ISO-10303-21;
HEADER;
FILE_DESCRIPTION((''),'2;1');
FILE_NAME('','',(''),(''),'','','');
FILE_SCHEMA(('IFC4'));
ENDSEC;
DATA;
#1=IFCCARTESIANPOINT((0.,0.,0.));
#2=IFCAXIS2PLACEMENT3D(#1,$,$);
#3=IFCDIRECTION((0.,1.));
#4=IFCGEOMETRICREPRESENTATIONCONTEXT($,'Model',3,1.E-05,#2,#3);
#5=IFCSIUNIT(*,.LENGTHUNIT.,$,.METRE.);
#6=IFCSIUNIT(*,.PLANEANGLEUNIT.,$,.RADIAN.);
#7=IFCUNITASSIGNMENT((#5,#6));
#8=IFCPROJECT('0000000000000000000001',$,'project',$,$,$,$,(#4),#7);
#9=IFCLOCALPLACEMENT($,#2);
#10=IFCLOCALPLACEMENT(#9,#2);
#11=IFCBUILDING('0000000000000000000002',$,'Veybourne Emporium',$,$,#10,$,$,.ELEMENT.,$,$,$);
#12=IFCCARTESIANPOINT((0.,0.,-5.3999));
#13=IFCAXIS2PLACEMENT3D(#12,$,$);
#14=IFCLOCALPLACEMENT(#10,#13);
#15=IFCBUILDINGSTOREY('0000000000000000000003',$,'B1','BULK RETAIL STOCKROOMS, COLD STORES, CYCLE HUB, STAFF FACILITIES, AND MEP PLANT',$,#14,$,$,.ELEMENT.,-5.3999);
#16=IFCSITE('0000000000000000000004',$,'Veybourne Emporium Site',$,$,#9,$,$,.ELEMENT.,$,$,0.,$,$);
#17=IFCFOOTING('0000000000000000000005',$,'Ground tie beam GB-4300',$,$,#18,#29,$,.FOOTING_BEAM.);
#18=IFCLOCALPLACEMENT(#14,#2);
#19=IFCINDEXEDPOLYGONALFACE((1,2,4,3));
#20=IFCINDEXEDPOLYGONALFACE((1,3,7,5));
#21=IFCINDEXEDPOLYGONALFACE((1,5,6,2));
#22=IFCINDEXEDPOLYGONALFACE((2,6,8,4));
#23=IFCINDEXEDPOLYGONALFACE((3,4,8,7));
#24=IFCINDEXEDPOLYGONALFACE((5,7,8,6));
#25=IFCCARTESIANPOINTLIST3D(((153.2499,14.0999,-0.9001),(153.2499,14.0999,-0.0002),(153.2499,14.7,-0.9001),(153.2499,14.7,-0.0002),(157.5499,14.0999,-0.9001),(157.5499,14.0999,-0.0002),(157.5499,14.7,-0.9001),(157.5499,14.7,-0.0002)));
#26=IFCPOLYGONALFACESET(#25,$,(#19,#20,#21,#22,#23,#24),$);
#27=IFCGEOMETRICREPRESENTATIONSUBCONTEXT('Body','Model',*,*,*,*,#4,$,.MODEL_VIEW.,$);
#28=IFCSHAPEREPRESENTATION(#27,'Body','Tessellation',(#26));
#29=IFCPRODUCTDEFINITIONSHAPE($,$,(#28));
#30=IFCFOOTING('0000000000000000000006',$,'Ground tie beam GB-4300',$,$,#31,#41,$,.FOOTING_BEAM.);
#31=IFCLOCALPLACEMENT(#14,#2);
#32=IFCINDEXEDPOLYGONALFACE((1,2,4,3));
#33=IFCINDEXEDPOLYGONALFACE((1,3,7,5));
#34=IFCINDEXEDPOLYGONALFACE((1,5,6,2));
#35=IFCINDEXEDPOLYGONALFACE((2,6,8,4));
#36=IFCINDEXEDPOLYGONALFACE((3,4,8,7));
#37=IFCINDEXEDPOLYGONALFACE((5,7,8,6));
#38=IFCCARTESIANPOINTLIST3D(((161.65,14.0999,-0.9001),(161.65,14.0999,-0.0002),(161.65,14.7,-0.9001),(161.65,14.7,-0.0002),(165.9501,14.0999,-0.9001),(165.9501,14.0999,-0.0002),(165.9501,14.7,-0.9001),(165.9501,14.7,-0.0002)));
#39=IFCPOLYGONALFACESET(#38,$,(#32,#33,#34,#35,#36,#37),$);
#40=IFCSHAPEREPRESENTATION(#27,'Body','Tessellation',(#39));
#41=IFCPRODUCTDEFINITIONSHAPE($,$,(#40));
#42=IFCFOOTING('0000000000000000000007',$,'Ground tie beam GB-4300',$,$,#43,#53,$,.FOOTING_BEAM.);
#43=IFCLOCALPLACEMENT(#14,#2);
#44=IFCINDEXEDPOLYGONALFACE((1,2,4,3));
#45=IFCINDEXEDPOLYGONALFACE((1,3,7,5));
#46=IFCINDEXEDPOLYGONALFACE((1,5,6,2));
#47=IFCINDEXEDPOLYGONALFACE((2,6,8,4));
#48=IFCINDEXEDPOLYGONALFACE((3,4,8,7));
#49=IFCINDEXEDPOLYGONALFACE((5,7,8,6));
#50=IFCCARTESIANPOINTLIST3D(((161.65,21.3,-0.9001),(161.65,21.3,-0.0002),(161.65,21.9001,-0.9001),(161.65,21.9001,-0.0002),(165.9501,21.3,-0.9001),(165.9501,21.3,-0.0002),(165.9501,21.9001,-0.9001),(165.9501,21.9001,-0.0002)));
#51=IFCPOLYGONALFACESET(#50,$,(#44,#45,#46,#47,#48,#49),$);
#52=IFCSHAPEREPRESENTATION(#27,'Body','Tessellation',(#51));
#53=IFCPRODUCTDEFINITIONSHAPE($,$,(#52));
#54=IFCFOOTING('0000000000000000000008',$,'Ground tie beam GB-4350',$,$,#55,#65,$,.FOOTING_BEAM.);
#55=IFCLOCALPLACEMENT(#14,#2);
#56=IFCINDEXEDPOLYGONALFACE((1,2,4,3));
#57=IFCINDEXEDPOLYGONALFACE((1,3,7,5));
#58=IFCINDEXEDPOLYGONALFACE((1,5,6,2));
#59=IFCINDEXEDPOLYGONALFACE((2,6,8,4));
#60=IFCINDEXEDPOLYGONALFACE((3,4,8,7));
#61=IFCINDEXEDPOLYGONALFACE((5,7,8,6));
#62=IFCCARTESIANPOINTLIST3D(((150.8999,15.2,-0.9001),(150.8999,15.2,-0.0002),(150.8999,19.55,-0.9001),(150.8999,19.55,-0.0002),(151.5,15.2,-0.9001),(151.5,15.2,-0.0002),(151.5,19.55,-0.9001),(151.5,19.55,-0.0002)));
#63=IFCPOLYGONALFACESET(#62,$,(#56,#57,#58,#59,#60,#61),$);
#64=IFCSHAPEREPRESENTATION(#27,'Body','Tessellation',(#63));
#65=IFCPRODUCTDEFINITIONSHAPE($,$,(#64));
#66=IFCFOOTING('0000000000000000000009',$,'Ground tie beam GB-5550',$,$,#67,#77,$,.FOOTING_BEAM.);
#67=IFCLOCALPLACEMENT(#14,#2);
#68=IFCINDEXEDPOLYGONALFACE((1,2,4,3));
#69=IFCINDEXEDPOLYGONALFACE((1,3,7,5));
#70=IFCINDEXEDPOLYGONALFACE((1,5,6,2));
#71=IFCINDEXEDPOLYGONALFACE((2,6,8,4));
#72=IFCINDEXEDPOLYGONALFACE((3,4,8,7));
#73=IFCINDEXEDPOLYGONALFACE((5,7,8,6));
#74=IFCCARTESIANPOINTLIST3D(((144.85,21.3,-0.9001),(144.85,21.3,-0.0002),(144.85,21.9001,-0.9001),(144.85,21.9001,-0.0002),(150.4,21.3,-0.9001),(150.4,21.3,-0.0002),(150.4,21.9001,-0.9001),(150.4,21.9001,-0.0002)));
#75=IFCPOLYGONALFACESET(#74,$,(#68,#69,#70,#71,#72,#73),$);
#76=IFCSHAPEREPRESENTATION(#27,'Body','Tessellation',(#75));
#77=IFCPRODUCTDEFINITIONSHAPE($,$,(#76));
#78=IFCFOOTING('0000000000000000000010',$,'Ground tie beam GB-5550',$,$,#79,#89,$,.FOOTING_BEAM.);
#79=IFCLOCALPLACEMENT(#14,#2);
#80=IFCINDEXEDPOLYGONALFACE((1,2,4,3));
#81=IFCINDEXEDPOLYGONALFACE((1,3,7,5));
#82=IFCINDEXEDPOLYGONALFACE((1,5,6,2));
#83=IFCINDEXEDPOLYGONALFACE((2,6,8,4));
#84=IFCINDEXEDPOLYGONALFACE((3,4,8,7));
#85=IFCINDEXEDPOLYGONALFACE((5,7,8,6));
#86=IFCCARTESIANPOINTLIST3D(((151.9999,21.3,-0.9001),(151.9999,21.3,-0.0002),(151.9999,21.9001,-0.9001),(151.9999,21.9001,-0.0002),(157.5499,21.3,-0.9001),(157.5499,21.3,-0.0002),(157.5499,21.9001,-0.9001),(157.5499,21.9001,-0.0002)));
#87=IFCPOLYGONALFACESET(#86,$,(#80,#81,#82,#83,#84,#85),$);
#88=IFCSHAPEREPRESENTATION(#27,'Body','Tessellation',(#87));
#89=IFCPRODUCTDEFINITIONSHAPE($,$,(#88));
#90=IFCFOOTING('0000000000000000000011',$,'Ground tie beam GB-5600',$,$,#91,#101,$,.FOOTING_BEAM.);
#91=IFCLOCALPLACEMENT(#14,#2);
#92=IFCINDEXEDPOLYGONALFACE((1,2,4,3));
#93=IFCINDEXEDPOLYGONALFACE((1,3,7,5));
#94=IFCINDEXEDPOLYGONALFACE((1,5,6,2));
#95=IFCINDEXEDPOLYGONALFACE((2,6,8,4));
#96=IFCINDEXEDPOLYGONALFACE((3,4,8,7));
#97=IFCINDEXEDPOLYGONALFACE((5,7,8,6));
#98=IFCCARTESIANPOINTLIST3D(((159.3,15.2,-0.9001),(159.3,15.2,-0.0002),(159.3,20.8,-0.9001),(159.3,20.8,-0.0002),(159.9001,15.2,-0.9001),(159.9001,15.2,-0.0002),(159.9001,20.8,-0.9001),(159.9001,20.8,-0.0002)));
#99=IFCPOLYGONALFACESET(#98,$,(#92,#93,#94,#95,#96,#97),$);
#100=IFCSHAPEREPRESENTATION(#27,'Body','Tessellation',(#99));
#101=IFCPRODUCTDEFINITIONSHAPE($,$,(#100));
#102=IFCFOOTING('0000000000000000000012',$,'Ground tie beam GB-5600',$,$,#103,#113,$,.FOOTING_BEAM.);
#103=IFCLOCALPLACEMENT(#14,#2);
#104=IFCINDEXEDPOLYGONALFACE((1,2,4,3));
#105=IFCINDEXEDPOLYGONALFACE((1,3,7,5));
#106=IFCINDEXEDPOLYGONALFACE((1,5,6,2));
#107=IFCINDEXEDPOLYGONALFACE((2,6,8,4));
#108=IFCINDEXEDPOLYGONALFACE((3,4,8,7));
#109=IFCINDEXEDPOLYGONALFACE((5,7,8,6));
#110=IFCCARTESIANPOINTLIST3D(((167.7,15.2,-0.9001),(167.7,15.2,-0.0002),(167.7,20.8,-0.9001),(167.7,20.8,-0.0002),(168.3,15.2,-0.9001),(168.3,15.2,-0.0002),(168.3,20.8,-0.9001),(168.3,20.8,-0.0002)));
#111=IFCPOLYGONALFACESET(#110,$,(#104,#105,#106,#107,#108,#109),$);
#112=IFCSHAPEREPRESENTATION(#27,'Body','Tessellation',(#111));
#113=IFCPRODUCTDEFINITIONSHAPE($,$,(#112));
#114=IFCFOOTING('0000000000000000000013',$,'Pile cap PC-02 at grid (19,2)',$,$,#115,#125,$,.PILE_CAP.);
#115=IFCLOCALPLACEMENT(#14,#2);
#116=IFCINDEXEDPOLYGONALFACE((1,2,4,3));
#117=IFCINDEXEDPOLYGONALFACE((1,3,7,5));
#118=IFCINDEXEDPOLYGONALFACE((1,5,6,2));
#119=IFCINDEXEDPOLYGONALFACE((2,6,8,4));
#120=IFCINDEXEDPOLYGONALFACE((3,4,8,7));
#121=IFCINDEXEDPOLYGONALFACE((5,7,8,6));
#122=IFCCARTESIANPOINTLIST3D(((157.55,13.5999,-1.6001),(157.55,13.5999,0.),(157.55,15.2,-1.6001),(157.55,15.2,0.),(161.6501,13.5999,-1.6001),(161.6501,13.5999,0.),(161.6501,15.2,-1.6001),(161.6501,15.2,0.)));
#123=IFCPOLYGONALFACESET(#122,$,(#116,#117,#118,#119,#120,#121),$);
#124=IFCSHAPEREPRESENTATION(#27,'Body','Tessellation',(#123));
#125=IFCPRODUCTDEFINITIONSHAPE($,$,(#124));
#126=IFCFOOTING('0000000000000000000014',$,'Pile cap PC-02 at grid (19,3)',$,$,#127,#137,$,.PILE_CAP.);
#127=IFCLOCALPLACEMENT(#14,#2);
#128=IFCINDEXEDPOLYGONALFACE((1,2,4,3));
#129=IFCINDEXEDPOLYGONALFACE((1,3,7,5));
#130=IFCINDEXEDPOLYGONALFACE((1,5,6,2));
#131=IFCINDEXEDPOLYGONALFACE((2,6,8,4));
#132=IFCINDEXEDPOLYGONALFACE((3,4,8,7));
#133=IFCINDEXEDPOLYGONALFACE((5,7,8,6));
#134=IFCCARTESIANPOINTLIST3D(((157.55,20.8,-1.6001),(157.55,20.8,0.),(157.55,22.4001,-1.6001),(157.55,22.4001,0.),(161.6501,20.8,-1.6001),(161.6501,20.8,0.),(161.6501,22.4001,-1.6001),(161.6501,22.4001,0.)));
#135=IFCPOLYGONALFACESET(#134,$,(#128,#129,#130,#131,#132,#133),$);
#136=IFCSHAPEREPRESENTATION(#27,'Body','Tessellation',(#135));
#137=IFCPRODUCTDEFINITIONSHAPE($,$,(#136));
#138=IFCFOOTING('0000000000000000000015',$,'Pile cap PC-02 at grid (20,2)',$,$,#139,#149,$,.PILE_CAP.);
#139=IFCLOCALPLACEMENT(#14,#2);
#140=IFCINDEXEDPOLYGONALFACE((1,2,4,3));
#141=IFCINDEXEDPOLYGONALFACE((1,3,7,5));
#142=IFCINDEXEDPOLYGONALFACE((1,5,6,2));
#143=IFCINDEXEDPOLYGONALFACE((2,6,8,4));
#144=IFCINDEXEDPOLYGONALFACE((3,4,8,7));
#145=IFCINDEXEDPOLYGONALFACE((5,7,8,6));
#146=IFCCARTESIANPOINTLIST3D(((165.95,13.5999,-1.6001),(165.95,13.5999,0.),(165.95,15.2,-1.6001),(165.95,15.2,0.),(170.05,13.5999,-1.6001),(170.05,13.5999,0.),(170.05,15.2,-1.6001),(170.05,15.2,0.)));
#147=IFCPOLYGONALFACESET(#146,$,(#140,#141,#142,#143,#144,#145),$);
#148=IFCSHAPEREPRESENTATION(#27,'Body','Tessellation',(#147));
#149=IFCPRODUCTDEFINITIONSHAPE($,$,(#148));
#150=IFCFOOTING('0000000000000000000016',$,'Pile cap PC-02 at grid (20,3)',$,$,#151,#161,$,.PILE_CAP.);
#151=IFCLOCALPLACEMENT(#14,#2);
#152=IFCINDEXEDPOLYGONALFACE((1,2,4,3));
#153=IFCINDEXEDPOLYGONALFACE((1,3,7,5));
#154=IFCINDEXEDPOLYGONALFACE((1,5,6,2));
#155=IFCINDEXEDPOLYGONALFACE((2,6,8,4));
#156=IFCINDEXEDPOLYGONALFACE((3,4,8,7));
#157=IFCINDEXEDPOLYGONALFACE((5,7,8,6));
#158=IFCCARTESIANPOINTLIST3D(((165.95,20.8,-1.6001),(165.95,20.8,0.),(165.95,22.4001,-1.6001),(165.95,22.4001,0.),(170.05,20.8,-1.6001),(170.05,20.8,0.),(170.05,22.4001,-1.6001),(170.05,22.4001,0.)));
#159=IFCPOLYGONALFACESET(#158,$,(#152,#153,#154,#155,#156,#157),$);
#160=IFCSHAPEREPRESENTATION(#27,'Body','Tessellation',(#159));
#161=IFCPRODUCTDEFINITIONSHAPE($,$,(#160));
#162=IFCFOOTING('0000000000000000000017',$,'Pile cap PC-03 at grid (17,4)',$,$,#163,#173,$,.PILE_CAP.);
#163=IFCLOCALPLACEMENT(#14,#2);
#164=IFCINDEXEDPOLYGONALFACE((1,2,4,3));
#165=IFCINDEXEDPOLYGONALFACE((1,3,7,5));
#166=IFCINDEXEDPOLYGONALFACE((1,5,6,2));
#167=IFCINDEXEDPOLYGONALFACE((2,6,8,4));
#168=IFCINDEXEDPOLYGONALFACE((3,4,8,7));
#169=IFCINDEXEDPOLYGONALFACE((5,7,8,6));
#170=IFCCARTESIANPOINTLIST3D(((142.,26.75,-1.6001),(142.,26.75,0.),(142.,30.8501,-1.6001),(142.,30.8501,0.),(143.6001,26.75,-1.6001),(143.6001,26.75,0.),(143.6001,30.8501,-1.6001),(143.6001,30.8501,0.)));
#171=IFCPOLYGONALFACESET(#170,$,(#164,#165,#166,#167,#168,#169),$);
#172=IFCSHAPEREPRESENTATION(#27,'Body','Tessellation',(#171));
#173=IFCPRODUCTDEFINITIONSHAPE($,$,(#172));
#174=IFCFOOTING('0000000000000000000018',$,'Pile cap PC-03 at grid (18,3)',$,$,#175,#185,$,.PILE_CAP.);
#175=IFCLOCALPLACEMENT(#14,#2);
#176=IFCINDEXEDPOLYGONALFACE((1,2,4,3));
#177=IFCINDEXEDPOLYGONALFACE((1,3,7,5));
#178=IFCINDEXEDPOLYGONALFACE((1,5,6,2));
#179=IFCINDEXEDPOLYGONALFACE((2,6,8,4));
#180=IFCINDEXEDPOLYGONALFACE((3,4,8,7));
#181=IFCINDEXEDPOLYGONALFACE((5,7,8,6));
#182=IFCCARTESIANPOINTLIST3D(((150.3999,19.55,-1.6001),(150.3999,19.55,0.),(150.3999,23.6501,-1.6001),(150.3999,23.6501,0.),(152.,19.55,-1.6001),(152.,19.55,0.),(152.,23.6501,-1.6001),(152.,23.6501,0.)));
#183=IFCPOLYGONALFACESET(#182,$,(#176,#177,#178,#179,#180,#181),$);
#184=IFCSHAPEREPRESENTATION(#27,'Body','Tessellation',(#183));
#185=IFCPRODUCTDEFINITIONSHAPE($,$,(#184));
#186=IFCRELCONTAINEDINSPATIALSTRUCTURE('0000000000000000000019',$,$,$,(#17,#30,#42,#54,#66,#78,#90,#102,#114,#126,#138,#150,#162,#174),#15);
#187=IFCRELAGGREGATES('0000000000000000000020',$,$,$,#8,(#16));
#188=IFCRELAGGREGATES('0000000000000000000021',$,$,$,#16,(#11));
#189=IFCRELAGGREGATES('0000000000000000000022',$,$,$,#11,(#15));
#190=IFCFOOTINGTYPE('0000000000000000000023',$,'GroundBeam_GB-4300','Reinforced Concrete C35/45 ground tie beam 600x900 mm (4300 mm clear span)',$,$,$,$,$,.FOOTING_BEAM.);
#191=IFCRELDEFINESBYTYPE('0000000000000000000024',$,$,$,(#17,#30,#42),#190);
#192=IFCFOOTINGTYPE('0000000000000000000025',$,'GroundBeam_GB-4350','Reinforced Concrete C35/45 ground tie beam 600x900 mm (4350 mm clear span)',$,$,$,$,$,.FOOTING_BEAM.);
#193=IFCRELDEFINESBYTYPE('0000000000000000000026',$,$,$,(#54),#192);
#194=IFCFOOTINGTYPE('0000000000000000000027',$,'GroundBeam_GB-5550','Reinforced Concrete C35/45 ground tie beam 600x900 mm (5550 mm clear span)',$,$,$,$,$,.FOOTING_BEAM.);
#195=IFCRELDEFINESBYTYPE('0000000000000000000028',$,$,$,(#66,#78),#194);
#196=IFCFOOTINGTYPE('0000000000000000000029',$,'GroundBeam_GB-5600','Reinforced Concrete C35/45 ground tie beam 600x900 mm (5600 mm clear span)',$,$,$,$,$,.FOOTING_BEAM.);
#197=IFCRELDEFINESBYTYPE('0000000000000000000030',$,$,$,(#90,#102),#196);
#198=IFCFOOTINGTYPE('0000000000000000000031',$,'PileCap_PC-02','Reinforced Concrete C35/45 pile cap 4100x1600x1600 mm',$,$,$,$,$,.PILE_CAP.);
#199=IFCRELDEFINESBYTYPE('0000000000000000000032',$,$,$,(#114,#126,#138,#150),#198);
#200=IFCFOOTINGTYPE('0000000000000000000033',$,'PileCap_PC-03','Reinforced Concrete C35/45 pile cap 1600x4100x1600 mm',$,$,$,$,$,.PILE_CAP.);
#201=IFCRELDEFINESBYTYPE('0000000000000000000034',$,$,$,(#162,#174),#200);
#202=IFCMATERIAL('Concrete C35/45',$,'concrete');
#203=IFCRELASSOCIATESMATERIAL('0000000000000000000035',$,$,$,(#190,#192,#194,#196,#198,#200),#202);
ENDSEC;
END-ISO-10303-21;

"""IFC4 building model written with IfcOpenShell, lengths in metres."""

from ifc_helpers import new_model, si_unit, direction, frame, origin, origin_2d, place, context, subcontext, project, spatial, rectangle, extrude, material, type_object, element, save


model = new_model("IFC4")

# Units and contexts
model_context = context("Model", 3, precision=1e-05, world=origin(), true_north=direction((0.0, 1.0)))
body_context = subcontext(model_context, "Body", "Model", "MODEL_VIEW")
ifc_project = project(units=[si_unit("LENGTHUNIT", "METRE"), si_unit("PLANEANGLEUNIT", "RADIAN")], contexts=[model_context])

# Site, building, storey
site_placement = place(None, origin())
site = spatial("IfcSite", under=ifc_project, at=site_placement, Name="Veybourne Emporium Site", CompositionType="ELEMENT", RefElevation=0.0)
building_placement = place(site_placement, origin())
building = spatial("IfcBuilding", under=site, at=building_placement, Name="Veybourne Emporium", CompositionType="ELEMENT")
storey_placement = place(building_placement, frame((0.0, 0.0, -5.3999)))
storey = spatial("IfcBuildingStorey", under=building, at=storey_placement, Name="B1", Description="BULK RETAIL STOCKROOMS, COLD STORES, CYCLE HUB, STAFF FACILITIES, AND MEP PLANT", CompositionType="ELEMENT", Elevation=-5.3999)

# Footings
ifc_material_1 = material(Name="Concrete C35/45", Category="concrete")
footing_type_1 = type_object("IfcFootingType", Name="GroundBeam_GB-4300", Description="Reinforced Concrete C35/45 ground tie beam 600x900 mm (4300 mm clear span)", PredefinedType="FOOTING_BEAM", material=ifc_material_1)
for number, where, z_axis, x_axis, name in (
    (1, (155.3999, 14.3999, -0.9001), (0.0, 0.0, 1.0), (1.0, 0.0, 0.0), "Ground tie beam GB-4300"),
    (2, (163.8, 14.3999, -0.9001), (0.0, 0.0, 1.0), (1.0, 0.0, 0.0), "Ground tie beam GB-4300"),
    (3, (163.8, 21.6001, -0.9001), (0.0, 0.0, 1.0), (1.0, 0.0, 0.0), "Ground tie beam GB-4300"),
):
    element("IfcFooting", number, at=place(storey_placement, frame(where, z_axis=z_axis, x_axis=x_axis)), inside=storey, type_object=footing_type_1, Name=name, PredefinedType="FOOTING_BEAM", context=body_context, shape_type="SweptSolid", body=[
        extrude(rectangle(XDim=4.3, YDim=0.6001, at=origin_2d()), origin(), (0.0, 0.0, 1.0), 0.8999),
    ])
footing_type_2 = type_object("IfcFootingType", Name="GroundBeam_GB-4350", Description="Reinforced Concrete C35/45 ground tie beam 600x900 mm (4350 mm clear span)", PredefinedType="FOOTING_BEAM", material=ifc_material_1)
footing_placement = place(storey_placement, frame((151.2, 17.375, -0.9001), z_axis=(0.0, 0.0, 1.0), x_axis=(0.0, 1.0, 0.0)))
element("IfcFooting", 4, at=footing_placement, inside=storey, type_object=footing_type_2, Name="Ground tie beam GB-4350", PredefinedType="FOOTING_BEAM", context=body_context, shape_type="SweptSolid", body=[
    extrude(rectangle(XDim=4.3501, YDim=0.6001, at=origin_2d()), origin(), (0.0, 0.0, 1.0), 0.8999),
])
footing_type_3 = type_object("IfcFootingType", Name="GroundBeam_GB-5550", Description="Reinforced Concrete C35/45 ground tie beam 600x900 mm (5550 mm clear span)", PredefinedType="FOOTING_BEAM", material=ifc_material_1)
for number, where, z_axis, x_axis, name in (
    (5, (147.625, 21.6001, -0.9001), (0.0, 0.0, 1.0), (1.0, 0.0, 0.0), "Ground tie beam GB-5550"),
    (6, (154.7749, 21.6001, -0.9001), (0.0, 0.0, 1.0), (1.0, 0.0, 0.0), "Ground tie beam GB-5550"),
):
    element("IfcFooting", number, at=place(storey_placement, frame(where, z_axis=z_axis, x_axis=x_axis)), inside=storey, type_object=footing_type_3, Name=name, PredefinedType="FOOTING_BEAM", context=body_context, shape_type="SweptSolid", body=[
        extrude(rectangle(XDim=5.55, YDim=0.6001, at=origin_2d()), origin(), (0.0, 0.0, 1.0), 0.8999),
    ])
footing_type_4 = type_object("IfcFootingType", Name="GroundBeam_GB-5600", Description="Reinforced Concrete C35/45 ground tie beam 600x900 mm (5600 mm clear span)", PredefinedType="FOOTING_BEAM", material=ifc_material_1)
for number, where, z_axis, x_axis, name in (
    (7, (159.6001, 18.0, -0.9001), (0.0, 0.0, 1.0), (0.0, 1.0, 0.0), "Ground tie beam GB-5600"),
    (8, (168.0, 18.0, -0.9001), (0.0, 0.0, 1.0), (0.0, 1.0, 0.0), "Ground tie beam GB-5600"),
):
    element("IfcFooting", number, at=place(storey_placement, frame(where, z_axis=z_axis, x_axis=x_axis)), inside=storey, type_object=footing_type_4, Name=name, PredefinedType="FOOTING_BEAM", context=body_context, shape_type="SweptSolid", body=[
        extrude(rectangle(XDim=5.6001, YDim=0.6001, at=origin_2d()), origin(), (0.0, 0.0, 1.0), 0.8999),
    ])
footing_type_5 = type_object("IfcFootingType", Name="PileCap_PC-02", Description="Reinforced Concrete C35/45 pile cap 4100x1600x1600 mm", PredefinedType="PILE_CAP", material=ifc_material_1)
for number, where, z_axis, x_axis, name in (
    (9, (159.6001, 14.3999, -1.6001), (0.0, 0.0, 1.0), (1.0, 0.0, 0.0), "Pile cap PC-02 at grid (19,2)"),
    (10, (159.6001, 21.6001, -1.6001), (0.0, 0.0, 1.0), (1.0, 0.0, 0.0), "Pile cap PC-02 at grid (19,3)"),
    (11, (168.0, 14.3999, -1.6001), (0.0, 0.0, 1.0), (1.0, 0.0, 0.0), "Pile cap PC-02 at grid (20,2)"),
    (12, (168.0, 21.6001, -1.6001), (0.0, 0.0, 1.0), (1.0, 0.0, 0.0), "Pile cap PC-02 at grid (20,3)"),
):
    element("IfcFooting", number, at=place(storey_placement, frame(where, z_axis=z_axis, x_axis=x_axis)), inside=storey, type_object=footing_type_5, Name=name, PredefinedType="PILE_CAP", context=body_context, shape_type="SweptSolid", body=[
        extrude(rectangle(XDim=4.1001, YDim=1.6001, at=origin_2d()), origin(), (0.0, 0.0, 1.0), 1.6001),
    ])
footing_type_6 = type_object("IfcFootingType", Name="PileCap_PC-03", Description="Reinforced Concrete C35/45 pile cap 1600x4100x1600 mm", PredefinedType="PILE_CAP", material=ifc_material_1)
for number, where, z_axis, x_axis, name in (
    (13, (142.8, 28.8, -1.6001), (0.0, 0.0, 1.0), (1.0, 0.0, 0.0), "Pile cap PC-03 at grid (17,4)"),
    (14, (151.2, 21.6001, -1.6001), (0.0, 0.0, 1.0), (1.0, 0.0, 0.0), "Pile cap PC-03 at grid (18,3)"),
):
    element("IfcFooting", number, at=place(storey_placement, frame(where, z_axis=z_axis, x_axis=x_axis)), inside=storey, type_object=footing_type_6, Name=name, PredefinedType="PILE_CAP", context=body_context, shape_type="SweptSolid", body=[
        extrude(rectangle(XDim=1.6001, YDim=4.1001, at=origin_2d()), origin(), (0.0, 0.0, 1.0), 1.6001),
    ])

save(model, "model.ifc")
